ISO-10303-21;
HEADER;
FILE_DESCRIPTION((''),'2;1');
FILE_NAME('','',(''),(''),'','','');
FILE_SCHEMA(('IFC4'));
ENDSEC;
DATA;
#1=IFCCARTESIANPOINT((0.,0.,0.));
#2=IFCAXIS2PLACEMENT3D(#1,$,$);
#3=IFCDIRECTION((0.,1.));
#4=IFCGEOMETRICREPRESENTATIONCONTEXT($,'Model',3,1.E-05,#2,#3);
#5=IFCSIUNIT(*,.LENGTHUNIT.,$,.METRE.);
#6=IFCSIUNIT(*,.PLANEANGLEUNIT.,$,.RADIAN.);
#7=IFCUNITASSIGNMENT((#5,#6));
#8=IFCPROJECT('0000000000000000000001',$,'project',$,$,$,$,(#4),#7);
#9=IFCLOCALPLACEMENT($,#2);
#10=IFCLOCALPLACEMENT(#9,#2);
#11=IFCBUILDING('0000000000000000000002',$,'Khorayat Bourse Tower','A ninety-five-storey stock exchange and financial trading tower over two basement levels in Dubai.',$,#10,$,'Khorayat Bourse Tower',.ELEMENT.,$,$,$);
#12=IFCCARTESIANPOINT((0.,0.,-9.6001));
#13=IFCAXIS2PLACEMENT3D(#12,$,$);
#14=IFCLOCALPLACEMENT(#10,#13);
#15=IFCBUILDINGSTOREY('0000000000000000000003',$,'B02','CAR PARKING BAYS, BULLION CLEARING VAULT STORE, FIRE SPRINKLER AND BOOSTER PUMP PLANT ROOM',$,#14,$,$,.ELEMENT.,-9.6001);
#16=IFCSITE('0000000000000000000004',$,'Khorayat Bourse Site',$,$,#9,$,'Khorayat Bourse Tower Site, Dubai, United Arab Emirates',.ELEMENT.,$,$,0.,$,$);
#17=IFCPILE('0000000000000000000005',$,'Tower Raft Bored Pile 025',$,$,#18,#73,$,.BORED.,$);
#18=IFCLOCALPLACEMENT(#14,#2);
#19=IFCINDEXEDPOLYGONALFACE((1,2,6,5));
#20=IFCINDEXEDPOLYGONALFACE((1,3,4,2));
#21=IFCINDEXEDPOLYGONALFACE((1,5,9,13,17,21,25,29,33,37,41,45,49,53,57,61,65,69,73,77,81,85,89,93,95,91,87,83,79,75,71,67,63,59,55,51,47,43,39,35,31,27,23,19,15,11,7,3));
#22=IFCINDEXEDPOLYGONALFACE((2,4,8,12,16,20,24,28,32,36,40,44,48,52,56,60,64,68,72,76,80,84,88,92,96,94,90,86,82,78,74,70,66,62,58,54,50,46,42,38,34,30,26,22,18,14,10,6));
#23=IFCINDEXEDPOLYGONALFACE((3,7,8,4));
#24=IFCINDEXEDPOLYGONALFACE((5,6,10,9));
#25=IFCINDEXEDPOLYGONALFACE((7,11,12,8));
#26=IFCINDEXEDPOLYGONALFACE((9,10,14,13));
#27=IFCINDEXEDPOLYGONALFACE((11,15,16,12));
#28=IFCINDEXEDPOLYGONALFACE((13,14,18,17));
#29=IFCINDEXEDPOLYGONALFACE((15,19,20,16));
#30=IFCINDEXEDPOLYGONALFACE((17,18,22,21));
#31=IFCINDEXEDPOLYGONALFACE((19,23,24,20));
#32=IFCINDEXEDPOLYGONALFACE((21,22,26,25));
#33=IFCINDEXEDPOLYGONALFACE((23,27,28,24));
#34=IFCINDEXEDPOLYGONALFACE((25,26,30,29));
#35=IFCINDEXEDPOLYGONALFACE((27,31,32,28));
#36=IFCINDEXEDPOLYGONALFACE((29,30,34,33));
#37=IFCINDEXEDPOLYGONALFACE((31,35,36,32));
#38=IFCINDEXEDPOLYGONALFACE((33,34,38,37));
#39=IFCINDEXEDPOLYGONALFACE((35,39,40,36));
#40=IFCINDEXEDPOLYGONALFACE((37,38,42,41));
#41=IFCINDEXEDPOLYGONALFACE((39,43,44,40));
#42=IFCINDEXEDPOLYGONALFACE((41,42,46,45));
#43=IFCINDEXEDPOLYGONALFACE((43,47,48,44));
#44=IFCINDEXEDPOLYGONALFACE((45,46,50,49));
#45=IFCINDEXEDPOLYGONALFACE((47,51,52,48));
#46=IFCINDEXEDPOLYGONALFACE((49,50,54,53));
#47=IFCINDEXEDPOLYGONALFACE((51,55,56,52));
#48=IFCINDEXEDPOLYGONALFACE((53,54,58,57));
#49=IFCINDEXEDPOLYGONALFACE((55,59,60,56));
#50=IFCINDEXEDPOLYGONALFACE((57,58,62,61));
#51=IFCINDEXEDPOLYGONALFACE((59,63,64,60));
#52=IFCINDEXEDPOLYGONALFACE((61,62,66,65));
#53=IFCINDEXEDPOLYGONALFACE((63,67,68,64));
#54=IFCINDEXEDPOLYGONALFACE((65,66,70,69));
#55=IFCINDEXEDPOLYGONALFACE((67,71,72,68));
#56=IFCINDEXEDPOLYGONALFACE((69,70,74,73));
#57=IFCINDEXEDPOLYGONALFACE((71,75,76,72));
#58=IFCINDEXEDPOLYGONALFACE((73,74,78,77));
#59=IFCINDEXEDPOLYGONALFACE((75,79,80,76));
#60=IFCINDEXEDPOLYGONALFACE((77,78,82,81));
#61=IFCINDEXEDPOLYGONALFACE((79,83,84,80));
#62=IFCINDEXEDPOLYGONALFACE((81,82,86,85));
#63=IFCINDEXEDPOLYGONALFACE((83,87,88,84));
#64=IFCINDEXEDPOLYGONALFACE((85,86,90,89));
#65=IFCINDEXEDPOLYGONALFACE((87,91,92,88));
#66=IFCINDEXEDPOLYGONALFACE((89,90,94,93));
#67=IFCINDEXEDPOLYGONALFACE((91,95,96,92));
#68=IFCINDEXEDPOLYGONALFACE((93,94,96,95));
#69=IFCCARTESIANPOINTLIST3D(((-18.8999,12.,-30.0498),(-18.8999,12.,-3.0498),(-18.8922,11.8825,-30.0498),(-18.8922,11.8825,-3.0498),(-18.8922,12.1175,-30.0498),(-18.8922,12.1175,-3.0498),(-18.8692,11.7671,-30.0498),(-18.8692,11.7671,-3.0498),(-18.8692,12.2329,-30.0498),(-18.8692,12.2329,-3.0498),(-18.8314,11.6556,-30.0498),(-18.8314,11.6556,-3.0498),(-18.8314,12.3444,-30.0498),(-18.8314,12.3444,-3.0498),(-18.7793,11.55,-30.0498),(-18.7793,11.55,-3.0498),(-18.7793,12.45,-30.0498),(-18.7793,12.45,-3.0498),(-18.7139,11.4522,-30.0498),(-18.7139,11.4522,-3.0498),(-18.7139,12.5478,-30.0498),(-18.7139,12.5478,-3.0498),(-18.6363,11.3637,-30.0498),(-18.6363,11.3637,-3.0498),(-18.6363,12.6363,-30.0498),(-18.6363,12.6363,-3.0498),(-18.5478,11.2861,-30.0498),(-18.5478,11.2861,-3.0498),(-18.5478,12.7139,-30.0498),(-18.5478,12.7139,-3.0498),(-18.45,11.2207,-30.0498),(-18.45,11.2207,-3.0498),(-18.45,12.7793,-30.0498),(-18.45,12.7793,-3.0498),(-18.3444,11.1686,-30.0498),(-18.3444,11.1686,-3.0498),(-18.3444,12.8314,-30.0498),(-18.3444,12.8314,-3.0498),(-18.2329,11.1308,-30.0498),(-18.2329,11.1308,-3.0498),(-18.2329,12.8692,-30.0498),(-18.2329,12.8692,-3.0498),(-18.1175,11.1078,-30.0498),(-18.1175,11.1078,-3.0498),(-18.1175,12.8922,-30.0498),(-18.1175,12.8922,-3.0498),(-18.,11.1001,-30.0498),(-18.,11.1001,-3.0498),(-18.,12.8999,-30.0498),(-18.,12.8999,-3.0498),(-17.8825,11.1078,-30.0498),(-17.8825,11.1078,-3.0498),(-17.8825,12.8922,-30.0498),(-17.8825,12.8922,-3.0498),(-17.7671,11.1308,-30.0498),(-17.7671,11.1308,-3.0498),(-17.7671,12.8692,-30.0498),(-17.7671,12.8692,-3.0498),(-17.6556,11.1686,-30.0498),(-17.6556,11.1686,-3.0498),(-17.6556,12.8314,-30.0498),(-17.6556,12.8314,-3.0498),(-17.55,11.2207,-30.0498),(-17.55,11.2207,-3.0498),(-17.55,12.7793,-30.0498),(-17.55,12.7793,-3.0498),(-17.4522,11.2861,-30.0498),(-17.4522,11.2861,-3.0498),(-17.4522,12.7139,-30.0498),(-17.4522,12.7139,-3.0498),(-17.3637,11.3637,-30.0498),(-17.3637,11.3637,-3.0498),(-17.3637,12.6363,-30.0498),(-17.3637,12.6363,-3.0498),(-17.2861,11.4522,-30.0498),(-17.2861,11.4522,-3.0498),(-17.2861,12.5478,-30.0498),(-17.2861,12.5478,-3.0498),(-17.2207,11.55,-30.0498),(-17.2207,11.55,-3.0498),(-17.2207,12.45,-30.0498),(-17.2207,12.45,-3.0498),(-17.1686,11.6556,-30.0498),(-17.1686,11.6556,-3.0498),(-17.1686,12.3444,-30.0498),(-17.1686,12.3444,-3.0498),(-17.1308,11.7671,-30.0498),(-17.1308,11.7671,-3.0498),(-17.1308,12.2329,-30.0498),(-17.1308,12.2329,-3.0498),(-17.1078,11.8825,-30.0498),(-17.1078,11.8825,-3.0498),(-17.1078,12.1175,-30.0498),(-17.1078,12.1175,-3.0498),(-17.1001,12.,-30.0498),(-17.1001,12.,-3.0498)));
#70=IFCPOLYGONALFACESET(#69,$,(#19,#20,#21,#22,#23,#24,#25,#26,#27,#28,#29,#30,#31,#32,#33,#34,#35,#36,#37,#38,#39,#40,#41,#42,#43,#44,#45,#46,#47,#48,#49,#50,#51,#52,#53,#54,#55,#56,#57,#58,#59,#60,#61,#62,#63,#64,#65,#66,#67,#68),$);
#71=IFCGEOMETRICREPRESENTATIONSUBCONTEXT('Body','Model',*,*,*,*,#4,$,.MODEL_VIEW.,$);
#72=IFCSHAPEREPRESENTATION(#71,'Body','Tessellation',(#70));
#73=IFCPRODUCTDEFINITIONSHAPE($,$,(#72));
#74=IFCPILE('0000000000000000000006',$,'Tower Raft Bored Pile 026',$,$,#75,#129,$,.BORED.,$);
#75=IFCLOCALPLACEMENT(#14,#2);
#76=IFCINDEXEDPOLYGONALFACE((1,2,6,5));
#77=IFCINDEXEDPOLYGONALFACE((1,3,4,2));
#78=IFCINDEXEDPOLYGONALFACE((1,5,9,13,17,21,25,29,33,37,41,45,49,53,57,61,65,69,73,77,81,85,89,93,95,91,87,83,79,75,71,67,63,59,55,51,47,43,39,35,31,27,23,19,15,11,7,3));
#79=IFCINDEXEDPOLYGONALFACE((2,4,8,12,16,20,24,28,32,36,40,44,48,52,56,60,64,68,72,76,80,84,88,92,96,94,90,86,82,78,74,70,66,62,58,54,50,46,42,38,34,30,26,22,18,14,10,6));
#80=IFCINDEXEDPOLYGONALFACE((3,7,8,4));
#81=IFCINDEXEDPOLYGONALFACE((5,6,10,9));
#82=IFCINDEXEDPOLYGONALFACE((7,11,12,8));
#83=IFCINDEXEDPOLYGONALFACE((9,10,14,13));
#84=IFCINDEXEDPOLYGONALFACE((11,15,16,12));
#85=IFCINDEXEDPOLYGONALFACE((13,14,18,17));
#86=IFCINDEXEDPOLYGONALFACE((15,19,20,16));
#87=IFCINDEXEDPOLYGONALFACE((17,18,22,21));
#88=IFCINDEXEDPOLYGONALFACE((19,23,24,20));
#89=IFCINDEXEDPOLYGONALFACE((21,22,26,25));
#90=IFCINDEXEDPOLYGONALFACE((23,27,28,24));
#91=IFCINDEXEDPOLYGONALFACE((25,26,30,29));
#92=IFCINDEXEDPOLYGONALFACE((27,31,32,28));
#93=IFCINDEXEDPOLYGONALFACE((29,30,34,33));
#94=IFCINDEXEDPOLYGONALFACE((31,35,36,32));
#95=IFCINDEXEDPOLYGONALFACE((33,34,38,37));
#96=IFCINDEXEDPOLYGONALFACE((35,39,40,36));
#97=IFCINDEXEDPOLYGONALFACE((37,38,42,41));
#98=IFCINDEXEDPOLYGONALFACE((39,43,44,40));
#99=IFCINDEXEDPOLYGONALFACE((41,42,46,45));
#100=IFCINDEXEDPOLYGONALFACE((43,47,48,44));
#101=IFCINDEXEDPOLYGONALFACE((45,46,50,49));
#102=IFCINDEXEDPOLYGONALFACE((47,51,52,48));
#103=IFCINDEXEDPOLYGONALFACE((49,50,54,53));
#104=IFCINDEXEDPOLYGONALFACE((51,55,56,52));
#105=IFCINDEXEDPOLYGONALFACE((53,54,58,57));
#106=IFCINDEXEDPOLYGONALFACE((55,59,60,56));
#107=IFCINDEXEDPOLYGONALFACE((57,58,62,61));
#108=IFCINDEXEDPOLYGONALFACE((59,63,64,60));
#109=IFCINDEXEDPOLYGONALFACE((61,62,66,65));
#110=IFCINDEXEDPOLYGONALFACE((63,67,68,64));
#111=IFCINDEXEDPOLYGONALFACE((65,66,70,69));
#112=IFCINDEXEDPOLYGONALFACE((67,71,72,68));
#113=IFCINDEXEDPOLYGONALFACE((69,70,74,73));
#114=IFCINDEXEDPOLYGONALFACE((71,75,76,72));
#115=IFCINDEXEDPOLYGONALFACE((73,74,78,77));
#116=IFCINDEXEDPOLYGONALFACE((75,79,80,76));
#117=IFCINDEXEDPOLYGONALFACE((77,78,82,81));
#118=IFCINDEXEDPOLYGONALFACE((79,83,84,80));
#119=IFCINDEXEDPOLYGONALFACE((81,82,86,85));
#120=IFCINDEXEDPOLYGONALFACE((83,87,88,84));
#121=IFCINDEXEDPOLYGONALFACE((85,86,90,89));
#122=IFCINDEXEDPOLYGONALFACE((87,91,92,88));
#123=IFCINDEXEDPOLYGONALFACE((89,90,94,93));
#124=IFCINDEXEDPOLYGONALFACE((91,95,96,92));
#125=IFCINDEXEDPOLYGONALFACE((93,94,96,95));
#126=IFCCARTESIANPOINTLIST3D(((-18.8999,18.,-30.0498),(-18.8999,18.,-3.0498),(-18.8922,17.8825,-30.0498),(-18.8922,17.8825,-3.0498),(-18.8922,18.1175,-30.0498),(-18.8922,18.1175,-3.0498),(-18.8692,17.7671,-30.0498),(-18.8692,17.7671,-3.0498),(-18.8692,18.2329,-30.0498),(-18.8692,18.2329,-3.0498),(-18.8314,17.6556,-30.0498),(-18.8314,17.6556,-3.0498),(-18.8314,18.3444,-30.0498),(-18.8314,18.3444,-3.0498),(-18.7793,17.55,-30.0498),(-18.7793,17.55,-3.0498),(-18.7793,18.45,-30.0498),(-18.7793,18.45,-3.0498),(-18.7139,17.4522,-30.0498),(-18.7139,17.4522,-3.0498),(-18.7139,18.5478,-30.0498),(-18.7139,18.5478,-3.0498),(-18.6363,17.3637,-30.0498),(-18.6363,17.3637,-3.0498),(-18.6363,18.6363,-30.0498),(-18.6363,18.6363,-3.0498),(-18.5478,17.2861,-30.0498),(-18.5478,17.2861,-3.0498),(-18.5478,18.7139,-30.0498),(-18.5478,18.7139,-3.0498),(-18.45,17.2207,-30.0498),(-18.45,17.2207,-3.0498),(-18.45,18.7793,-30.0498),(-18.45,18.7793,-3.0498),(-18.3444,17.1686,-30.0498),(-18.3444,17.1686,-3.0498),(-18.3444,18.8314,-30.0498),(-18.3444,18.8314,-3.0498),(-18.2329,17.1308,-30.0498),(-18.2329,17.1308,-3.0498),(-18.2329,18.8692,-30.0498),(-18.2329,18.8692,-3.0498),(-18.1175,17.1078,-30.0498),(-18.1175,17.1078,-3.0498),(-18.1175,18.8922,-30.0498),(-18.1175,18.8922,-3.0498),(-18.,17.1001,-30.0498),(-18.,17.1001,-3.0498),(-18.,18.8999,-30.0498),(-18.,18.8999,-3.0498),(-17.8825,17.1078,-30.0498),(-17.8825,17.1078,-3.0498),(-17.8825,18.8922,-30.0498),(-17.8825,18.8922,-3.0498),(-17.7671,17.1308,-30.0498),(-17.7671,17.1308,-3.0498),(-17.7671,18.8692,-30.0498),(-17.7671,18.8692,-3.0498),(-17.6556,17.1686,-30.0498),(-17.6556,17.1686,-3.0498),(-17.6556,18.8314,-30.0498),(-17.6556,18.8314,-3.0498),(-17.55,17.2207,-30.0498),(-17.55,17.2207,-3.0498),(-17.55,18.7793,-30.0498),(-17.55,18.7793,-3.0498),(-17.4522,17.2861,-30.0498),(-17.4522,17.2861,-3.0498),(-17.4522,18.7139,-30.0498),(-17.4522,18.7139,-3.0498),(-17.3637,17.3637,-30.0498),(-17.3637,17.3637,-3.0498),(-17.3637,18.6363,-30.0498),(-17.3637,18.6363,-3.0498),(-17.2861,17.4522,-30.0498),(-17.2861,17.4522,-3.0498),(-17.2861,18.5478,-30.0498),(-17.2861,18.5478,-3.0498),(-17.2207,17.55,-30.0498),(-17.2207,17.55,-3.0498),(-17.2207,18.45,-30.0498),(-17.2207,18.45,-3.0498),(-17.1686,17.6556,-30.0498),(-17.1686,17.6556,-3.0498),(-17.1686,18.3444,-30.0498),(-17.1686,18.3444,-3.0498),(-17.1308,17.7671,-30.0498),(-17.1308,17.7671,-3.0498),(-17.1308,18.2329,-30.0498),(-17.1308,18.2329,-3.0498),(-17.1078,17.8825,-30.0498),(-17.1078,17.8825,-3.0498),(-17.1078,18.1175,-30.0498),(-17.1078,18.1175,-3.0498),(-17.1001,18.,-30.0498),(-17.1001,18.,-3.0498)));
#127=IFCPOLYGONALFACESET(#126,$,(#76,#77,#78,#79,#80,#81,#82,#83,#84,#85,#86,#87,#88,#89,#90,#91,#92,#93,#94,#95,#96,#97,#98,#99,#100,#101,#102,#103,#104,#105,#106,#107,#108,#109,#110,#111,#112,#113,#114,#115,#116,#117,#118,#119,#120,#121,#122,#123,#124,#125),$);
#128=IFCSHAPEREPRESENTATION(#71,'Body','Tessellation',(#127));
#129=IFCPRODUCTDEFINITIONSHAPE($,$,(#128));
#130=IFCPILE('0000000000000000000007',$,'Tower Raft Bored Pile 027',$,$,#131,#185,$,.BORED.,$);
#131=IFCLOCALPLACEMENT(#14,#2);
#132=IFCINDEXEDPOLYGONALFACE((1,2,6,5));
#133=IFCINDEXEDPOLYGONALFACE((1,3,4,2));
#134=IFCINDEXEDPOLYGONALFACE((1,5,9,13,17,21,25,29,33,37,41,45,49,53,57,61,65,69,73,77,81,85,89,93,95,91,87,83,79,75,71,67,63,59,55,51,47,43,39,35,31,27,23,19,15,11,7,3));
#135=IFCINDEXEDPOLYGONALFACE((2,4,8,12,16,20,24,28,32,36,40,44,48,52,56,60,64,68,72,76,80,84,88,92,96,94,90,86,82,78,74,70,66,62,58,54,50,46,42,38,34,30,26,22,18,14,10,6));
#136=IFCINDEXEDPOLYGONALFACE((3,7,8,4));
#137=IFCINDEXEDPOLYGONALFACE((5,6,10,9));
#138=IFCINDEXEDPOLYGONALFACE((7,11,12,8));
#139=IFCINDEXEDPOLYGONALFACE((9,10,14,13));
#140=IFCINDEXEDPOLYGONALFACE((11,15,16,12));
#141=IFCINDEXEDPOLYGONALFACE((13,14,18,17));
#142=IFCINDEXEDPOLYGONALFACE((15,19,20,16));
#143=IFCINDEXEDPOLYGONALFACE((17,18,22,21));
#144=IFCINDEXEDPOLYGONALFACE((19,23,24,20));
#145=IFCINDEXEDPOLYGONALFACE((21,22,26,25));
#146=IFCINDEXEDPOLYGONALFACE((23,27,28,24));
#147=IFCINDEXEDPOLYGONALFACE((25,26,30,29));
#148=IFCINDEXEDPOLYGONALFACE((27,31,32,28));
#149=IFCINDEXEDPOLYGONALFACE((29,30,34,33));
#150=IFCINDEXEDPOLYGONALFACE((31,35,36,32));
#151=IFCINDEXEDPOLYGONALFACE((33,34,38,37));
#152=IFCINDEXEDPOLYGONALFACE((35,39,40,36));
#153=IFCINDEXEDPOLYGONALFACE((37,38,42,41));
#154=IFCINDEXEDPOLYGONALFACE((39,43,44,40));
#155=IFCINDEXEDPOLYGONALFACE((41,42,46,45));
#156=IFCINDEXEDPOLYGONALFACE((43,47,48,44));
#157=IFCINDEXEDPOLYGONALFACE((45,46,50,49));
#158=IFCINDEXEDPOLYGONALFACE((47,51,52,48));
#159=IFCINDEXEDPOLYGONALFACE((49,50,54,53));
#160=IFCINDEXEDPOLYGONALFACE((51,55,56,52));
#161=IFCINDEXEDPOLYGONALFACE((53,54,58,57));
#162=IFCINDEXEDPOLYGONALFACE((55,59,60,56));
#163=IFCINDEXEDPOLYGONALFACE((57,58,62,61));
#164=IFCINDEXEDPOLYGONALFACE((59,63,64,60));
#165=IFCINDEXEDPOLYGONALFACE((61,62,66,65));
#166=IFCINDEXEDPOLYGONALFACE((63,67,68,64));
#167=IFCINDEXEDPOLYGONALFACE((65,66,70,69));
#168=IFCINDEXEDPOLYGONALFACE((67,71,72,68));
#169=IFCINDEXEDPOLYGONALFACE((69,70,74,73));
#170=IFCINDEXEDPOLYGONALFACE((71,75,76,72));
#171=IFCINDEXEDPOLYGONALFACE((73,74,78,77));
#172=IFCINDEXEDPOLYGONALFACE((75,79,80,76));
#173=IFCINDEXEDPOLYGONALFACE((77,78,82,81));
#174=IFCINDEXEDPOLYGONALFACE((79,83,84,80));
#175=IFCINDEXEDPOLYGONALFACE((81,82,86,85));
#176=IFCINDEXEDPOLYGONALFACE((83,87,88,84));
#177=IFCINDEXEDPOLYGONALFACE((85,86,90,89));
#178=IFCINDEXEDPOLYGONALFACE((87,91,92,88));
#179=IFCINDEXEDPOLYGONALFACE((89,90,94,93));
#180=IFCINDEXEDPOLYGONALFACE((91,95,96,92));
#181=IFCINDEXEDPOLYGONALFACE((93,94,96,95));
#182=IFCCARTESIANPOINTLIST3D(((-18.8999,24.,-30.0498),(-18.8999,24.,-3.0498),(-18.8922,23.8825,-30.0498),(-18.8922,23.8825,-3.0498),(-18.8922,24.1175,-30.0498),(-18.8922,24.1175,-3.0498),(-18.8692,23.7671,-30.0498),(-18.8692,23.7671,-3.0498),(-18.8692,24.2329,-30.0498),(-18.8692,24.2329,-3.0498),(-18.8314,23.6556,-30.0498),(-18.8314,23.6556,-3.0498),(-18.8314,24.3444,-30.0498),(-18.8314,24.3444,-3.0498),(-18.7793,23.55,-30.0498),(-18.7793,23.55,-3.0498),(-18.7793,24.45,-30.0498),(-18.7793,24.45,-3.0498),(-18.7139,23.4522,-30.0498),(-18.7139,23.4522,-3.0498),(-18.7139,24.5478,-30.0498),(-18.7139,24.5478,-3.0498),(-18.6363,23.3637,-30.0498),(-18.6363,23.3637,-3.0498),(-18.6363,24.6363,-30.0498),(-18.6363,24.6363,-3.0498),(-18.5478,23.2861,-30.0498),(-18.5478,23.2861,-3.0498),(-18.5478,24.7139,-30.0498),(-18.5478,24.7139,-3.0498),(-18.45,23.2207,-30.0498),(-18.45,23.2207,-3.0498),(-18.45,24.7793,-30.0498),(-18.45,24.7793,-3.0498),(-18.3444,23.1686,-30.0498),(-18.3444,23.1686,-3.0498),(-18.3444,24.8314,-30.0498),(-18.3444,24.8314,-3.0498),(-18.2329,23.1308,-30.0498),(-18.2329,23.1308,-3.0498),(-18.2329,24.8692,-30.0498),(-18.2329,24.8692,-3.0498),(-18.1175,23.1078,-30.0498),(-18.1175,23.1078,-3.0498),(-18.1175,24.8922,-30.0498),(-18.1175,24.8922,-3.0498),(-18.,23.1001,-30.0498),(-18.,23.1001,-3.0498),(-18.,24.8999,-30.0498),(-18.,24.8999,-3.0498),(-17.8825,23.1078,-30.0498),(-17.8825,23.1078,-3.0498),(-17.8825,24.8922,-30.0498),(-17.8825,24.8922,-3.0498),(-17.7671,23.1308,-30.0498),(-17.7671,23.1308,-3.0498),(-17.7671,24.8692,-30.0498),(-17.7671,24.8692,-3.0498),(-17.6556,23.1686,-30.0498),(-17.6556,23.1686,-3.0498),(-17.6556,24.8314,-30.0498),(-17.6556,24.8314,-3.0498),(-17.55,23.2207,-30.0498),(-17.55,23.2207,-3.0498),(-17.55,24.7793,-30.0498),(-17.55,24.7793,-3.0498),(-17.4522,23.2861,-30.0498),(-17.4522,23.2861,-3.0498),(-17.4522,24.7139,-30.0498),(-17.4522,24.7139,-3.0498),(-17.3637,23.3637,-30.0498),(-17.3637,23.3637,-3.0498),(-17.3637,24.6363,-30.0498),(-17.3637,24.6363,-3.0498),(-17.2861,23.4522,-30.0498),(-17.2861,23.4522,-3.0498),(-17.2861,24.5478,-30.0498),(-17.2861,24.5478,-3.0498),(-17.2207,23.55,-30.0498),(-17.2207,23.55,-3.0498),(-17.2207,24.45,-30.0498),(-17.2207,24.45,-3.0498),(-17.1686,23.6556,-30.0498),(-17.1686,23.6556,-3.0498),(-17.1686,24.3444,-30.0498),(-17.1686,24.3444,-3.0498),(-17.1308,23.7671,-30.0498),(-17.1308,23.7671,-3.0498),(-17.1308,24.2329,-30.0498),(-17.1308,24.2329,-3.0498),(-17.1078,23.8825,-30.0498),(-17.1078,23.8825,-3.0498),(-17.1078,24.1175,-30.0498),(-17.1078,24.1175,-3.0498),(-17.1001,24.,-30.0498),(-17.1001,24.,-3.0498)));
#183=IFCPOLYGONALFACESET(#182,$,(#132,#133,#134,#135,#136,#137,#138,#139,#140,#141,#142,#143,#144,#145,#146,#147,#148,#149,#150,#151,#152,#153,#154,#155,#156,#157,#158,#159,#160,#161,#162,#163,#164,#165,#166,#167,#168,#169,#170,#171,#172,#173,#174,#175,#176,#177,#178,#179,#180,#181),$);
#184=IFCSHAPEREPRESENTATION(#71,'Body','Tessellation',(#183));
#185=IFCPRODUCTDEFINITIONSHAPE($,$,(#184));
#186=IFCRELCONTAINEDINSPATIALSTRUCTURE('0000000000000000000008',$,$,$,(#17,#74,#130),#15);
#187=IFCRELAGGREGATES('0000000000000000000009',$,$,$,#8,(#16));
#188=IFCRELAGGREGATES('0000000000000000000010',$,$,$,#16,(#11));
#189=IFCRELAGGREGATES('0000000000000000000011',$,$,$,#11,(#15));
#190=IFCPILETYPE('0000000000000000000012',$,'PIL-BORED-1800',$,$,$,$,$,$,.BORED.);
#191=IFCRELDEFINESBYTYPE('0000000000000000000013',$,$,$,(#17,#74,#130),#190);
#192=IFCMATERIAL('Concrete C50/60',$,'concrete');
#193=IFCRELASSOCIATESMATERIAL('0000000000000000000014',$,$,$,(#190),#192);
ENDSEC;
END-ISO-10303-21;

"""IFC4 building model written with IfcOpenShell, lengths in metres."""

from ifc_helpers import new_model, si_unit, direction, frame, origin, origin_2d, place, context, subcontext, project, spatial, circle, extrude, source, transform, mapped, material, material_profile, profile_set, type_object, element, save


model = new_model("IFC4")

# Units and contexts
model_context = context("Model", 3, precision=1e-05, world=origin(), true_north=direction((0.0, 1.0)))
body_context = subcontext(model_context, "Body", "Model", "MODEL_VIEW")
ifc_project = project(units=[si_unit("LENGTHUNIT", "METRE"), si_unit("PLANEANGLEUNIT", "RADIAN")], contexts=[model_context])

# Site, building, storey
site_placement = place(None, origin())
site = spatial("IfcSite", under=ifc_project, at=site_placement, Name="Khorayat Bourse Site", LongName="Khorayat Bourse Tower Site, Dubai, United Arab Emirates", CompositionType="ELEMENT", RefElevation=0.0)
building_placement = place(site_placement, origin())
building = spatial("IfcBuilding", under=site, at=building_placement, Name="Khorayat Bourse Tower", Description="A ninety-five-storey stock exchange and financial trading tower over two basement levels in Dubai.", LongName="Khorayat Bourse Tower", CompositionType="ELEMENT")
storey_placement = place(building_placement, frame((0.0, 0.0, -9.6001)))
storey = spatial("IfcBuildingStorey", under=building, at=storey_placement, Name="B02", Description="CAR PARKING BAYS, BULLION CLEARING VAULT STORE, FIRE SPRINKLER AND BOOSTER PUMP PLANT ROOM", CompositionType="ELEMENT", Elevation=-9.6001)

# Piles
ifc_material_1 = material(Name="Concrete C50/60", Category="concrete")
ifc_material_profile_1 = material_profile(ifc_material_1, circle(Radius=0.8999, at=origin_2d()), Name="BORED PILE D1800")
ifc_profile_set_1 = profile_set([ifc_material_profile_1], Name="Concrete C50/60")
pile_type_1 = type_object("IfcPileType", Name="PIL-BORED-1800", PredefinedType="BORED", material=ifc_profile_set_1)
shared_shape_1 = source(origin(), body_context, "Body", "SweptSolid", [
    extrude(circle(Radius=0.8999, at=origin_2d()), origin(), (0.0, 0.0, 1.0), 27.0),
])
for number, where, z_axis, x_axis, name in (
    (1, (-18.0, 12.0, -3.0498), (0.0, 0.0, -1.0), (1.0, 0.0, 0.0), "Tower Raft Bored Pile 025"),
    (2, (-18.0, 18.0, -3.0498), (0.0, 0.0, -1.0), (1.0, 0.0, 0.0), "Tower Raft Bored Pile 026"),
    (3, (-18.0, 24.0, -3.0498), (0.0, 0.0, -1.0), (1.0, 0.0, 0.0), "Tower Raft Bored Pile 027"),
):
    element("IfcPile", number, at=place(storey_placement, frame(where, z_axis=z_axis, x_axis=x_axis)), inside=storey, type_object=pile_type_1, Name=name, PredefinedType="BORED", context=body_context, shape_type="MappedRepresentation", body=[
        mapped(shared_shape_1, transform((0.0, 0.0, 0.0), scale=1.0)),
    ])

save(model, "model.ifc")
